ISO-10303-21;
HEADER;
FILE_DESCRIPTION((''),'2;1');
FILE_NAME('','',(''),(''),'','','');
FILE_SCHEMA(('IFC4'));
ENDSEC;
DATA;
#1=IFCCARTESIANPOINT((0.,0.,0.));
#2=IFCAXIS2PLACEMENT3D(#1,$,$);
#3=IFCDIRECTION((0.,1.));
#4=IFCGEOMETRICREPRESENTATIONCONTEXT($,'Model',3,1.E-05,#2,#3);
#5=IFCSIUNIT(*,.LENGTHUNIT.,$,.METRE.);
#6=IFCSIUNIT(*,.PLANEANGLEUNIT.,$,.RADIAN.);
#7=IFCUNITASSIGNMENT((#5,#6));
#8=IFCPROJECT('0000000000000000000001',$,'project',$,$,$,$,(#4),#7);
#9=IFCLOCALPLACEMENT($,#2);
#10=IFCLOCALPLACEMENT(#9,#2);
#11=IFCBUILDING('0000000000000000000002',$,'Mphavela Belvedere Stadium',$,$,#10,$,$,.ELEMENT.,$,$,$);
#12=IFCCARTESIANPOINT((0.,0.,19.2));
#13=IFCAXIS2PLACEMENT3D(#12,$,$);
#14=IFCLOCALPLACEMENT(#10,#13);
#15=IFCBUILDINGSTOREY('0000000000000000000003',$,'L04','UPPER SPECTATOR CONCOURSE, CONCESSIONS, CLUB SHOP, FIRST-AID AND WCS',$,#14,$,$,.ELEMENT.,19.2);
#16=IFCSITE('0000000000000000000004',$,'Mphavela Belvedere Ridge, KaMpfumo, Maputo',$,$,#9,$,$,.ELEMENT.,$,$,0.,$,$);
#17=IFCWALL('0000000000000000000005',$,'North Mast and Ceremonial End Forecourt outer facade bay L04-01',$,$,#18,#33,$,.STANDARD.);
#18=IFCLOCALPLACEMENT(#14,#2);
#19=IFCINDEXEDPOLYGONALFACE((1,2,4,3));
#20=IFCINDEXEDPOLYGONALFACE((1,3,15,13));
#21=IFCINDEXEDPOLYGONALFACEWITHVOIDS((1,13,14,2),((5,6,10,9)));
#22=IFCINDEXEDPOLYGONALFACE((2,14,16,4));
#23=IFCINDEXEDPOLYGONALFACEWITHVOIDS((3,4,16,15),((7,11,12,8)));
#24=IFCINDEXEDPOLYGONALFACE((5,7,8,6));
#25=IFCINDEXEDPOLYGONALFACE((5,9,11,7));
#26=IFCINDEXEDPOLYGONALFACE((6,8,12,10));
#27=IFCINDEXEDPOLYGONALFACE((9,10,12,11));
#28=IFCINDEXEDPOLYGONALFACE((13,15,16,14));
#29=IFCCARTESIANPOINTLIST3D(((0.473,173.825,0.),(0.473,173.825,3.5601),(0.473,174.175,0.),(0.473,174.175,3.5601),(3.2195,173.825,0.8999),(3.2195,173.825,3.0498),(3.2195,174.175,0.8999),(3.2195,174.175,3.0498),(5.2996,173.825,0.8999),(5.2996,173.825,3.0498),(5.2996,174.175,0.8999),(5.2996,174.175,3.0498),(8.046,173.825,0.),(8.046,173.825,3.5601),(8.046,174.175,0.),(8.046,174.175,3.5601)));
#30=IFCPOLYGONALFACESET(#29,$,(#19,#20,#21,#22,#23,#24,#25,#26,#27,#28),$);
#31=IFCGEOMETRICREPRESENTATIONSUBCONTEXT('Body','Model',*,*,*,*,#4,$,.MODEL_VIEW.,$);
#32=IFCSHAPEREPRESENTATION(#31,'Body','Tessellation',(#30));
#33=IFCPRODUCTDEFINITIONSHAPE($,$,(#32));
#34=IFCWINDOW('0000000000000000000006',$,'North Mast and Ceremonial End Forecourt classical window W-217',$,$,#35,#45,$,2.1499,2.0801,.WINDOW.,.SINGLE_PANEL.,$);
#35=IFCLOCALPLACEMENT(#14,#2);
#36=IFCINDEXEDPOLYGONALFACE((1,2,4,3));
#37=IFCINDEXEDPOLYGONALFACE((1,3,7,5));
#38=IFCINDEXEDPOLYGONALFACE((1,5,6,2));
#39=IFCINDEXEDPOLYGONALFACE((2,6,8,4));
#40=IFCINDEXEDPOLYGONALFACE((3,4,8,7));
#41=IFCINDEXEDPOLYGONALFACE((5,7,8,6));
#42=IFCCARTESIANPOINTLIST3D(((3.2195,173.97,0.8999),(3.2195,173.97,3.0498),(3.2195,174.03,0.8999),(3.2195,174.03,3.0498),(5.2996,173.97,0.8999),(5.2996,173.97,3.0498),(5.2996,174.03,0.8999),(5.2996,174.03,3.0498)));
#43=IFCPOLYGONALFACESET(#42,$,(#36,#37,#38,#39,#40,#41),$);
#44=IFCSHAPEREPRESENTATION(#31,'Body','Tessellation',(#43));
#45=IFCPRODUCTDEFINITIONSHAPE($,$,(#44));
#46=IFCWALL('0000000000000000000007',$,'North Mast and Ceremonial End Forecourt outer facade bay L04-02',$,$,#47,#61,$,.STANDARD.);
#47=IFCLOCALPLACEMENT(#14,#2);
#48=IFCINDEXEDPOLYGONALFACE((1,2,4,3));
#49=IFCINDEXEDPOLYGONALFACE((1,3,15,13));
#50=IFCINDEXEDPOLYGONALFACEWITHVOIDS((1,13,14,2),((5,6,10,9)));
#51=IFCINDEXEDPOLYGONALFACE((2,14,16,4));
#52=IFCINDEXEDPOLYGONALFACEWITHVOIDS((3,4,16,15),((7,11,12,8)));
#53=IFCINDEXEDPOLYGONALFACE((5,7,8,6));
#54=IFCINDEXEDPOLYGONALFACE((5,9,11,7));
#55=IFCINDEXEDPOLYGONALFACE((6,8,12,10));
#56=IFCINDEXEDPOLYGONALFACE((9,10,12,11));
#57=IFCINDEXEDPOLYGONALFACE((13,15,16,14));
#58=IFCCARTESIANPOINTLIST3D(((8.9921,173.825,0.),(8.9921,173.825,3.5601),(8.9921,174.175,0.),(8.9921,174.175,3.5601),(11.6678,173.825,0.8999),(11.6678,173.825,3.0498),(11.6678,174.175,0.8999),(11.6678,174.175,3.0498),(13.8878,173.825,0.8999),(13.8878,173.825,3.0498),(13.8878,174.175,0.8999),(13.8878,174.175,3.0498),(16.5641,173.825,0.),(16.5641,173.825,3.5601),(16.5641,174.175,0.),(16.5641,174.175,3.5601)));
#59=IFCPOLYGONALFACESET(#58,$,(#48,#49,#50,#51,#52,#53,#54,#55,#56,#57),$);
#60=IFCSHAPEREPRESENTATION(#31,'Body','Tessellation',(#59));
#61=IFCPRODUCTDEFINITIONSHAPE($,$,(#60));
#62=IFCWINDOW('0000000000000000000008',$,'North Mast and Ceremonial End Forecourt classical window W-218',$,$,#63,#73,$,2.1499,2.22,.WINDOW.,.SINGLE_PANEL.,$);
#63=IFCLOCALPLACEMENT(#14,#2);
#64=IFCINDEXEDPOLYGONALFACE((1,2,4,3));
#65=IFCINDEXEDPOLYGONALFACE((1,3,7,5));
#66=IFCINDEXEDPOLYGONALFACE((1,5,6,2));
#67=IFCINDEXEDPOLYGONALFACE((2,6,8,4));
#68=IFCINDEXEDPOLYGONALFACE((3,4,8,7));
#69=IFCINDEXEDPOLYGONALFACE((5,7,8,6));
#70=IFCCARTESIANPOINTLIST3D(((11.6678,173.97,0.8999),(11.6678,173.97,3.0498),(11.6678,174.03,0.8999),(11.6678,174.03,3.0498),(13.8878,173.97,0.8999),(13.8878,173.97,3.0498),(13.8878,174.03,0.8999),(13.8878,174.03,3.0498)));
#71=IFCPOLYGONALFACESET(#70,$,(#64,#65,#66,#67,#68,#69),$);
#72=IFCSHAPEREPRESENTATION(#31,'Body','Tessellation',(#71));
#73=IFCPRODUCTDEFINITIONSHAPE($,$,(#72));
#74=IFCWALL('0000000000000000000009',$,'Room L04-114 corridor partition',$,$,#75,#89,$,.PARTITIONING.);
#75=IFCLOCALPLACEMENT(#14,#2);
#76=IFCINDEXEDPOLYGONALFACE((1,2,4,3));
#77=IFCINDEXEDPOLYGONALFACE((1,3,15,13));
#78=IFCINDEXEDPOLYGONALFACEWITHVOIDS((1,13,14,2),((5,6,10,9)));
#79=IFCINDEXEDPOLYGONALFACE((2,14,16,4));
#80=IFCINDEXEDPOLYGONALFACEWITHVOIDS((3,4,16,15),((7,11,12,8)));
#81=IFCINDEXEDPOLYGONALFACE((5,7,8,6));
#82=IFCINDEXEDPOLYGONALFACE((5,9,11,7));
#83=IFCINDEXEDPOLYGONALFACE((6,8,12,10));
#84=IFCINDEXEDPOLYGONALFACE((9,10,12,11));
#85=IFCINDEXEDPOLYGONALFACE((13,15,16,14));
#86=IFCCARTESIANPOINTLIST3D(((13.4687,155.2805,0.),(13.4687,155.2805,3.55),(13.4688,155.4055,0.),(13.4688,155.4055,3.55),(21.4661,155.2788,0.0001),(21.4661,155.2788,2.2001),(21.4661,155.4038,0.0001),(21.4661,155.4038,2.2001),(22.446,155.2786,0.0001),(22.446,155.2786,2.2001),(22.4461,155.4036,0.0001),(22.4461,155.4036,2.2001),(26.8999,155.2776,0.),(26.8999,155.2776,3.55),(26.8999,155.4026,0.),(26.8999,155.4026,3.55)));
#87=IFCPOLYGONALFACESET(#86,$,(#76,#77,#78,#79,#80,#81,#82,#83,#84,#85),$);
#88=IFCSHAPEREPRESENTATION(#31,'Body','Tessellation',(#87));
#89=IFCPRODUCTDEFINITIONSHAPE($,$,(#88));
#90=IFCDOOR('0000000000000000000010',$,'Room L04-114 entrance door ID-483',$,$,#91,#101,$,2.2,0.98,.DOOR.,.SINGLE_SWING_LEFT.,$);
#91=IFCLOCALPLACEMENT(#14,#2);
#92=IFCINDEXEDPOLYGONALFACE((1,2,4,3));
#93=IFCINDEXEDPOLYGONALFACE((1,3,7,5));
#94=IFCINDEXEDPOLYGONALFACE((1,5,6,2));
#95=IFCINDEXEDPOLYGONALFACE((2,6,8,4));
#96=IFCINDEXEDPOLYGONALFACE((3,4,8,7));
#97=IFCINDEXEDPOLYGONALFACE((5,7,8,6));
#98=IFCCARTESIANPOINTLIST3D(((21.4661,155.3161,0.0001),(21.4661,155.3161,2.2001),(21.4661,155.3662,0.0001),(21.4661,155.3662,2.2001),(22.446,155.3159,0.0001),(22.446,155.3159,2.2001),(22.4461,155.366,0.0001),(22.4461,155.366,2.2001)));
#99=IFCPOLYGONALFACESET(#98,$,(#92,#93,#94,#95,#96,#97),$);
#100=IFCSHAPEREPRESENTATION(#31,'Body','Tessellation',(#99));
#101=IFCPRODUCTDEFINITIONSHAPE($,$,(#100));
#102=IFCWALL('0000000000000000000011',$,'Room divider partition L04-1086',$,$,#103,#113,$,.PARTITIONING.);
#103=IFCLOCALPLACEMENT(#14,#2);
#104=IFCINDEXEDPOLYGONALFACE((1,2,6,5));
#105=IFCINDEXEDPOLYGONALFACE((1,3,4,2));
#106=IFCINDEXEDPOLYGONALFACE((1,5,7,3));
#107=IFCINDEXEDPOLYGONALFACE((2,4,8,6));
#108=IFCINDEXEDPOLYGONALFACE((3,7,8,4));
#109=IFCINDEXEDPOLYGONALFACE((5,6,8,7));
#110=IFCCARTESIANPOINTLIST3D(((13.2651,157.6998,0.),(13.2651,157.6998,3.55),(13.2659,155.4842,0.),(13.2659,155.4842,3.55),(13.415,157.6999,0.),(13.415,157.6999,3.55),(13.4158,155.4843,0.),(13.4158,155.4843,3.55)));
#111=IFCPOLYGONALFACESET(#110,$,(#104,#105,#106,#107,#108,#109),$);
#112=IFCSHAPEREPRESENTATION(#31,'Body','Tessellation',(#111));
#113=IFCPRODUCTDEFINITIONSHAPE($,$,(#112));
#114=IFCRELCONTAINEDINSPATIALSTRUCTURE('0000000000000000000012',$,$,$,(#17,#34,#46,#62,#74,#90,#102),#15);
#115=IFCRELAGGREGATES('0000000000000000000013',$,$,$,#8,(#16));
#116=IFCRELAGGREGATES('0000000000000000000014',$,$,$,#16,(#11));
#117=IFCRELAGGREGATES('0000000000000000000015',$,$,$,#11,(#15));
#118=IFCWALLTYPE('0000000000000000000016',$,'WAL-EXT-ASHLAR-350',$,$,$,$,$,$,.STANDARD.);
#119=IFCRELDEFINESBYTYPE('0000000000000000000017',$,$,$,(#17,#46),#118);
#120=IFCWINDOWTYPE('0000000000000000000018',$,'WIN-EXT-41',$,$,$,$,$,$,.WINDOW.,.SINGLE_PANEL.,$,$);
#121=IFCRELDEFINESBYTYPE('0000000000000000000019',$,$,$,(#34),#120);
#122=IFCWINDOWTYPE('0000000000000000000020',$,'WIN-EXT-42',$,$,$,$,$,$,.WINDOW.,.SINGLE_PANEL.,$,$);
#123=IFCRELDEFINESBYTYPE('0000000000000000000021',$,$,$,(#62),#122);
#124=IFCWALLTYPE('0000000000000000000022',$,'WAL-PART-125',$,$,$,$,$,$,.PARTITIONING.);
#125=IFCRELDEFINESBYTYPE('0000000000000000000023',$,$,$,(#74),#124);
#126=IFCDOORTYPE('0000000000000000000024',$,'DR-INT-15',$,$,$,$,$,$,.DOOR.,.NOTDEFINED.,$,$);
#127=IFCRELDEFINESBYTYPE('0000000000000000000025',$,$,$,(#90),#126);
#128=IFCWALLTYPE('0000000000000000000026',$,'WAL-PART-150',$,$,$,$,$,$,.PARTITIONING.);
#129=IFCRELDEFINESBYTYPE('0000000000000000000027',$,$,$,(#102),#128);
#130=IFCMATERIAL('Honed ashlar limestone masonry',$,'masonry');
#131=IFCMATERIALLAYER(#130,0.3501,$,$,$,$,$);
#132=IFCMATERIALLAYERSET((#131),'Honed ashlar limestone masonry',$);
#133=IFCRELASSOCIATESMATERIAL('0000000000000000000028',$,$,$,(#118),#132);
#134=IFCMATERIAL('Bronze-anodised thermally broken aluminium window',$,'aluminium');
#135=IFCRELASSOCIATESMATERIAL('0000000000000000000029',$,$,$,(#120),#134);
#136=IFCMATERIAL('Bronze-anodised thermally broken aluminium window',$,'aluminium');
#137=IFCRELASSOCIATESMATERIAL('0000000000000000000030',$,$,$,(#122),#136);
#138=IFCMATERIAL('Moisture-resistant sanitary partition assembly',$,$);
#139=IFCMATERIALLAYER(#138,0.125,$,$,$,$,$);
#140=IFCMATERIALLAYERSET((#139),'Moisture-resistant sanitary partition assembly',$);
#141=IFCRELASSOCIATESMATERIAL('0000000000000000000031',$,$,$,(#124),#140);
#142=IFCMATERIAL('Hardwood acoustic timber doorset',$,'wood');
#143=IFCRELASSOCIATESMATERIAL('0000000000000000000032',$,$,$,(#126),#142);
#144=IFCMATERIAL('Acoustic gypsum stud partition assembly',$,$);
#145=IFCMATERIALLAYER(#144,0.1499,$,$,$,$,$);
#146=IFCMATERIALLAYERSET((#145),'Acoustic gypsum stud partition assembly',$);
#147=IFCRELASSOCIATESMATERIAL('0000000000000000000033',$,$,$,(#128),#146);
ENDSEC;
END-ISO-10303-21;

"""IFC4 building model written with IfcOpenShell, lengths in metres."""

from ifc_helpers import new_model, si_unit, direction, frame, frame_2d, origin, place, context, subcontext, project, spatial, rectangle, extrude, material, layer, layer_set, type_object, element, fill, save


model = new_model("IFC4")

# Units and contexts
model_context = context("Model", 3, precision=1e-05, world=origin(), true_north=direction((0.0, 1.0)))
body_context = subcontext(model_context, "Body", "Model", "MODEL_VIEW")
ifc_project = project(units=[si_unit("LENGTHUNIT", "METRE"), si_unit("PLANEANGLEUNIT", "RADIAN")], contexts=[model_context])

# Site, building, storey
site_placement = place(None, origin())
site = spatial("IfcSite", under=ifc_project, at=site_placement, Name="Mphavela Belvedere Ridge, KaMpfumo, Maputo", CompositionType="ELEMENT", RefElevation=0.0)
building_placement = place(site_placement, origin())
building = spatial("IfcBuilding", under=site, at=building_placement, Name="Mphavela Belvedere Stadium", CompositionType="ELEMENT")
storey_placement = place(building_placement, frame((0.0, 0.0, 19.2)))
storey = spatial("IfcBuildingStorey", under=building, at=storey_placement, Name="L04", Description="UPPER SPECTATOR CONCOURSE, CONCESSIONS, CLUB SHOP, FIRST-AID AND WCS", CompositionType="ELEMENT", Elevation=19.2)

# Walls, openings, windows
ifc_material_1 = material(Name="Honed ashlar limestone masonry", Category="masonry")
ifc_layer_1 = layer(ifc_material_1, 0.3501)
ifc_layer_set_1 = layer_set([ifc_layer_1], Name="Honed ashlar limestone masonry")
wall_type_1 = type_object("IfcWallType", Name="WAL-EXT-ASHLAR-350", PredefinedType="STANDARD", material=ifc_layer_set_1)
wall_1_placement = place(storey_placement, frame((0.4729, 174.0, 0.0), z_axis=(0.0, 0.0, 1.0), x_axis=(1.0, 0.0, 0.0)))
wall_1 = element("IfcWall", 1, at=wall_1_placement, inside=storey, type_object=wall_type_1, Name="North Mast and Ceremonial End Forecourt outer facade bay L04-01", PredefinedType="STANDARD", context=body_context, shape_type="SweptSolid", body=[
    extrude(rectangle(XDim=7.573, YDim=0.3501, at=frame_2d((3.7866, 0.0))), origin(), (0.0, 0.0, 1.0), 3.5601),
])
opening_1_placement = place(wall_1_placement, frame((2.7466, 0.0, 0.8999)))
opening_1 = element("IfcOpeningElement", 2, at=opening_1_placement, cuts=wall_1, PredefinedType="OPENING", context=body_context, shape_type="SweptSolid", body=[
    extrude(rectangle(XDim=2.0801, YDim=2.1499, at=frame_2d((1.04, 1.075))), frame((0.0, 0.1851, 0.0), z_axis=(0.0, -1.0, 0.0), x_axis=(1.0, 0.0, 0.0)), (0.0, 0.0, 1.0), 0.3701),
])
ifc_material_2 = material(Name="Bronze-anodised thermally broken aluminium window", Category="aluminium")
window_type_1 = type_object("IfcWindowType", Name="WIN-EXT-41", PartitioningType="SINGLE_PANEL", PredefinedType="WINDOW", material=ifc_material_2)
window_1_placement = place(opening_1_placement, origin())
window_1 = element("IfcWindow", 3, at=window_1_placement, inside=storey, type_object=window_type_1, Name="North Mast and Ceremonial End Forecourt classical window W-217", OverallHeight=2.1499, OverallWidth=2.0801, PartitioningType="SINGLE_PANEL", PredefinedType="WINDOW", context=body_context, shape_type="SweptSolid", body=[
    extrude(rectangle(XDim=2.0801, YDim=2.1499, at=frame_2d((1.04, 1.075))), frame((0.0, 0.03, 0.0), z_axis=(0.0, -1.0, 0.0), x_axis=(1.0, 0.0, 0.0)), (0.0, 0.0, 1.0), 0.0601),
])
fill(opening_1, window_1)
wall_2_placement = place(storey_placement, frame((8.9919, 174.0, 0.0), z_axis=(0.0, 0.0, 1.0), x_axis=(1.0, 0.0, 0.0)))
wall_2 = element("IfcWall", 4, at=wall_2_placement, inside=storey, type_object=wall_type_1, Name="North Mast and Ceremonial End Forecourt outer facade bay L04-02", PredefinedType="STANDARD", context=body_context, shape_type="SweptSolid", body=[
    extrude(rectangle(XDim=7.572, YDim=0.3501, at=frame_2d((3.7861, 0.0))), origin(), (0.0, 0.0, 1.0), 3.5601),
])
opening_2_placement = place(wall_2_placement, frame((2.676, 0.0, 0.8999)))
opening_2 = element("IfcOpeningElement", 5, at=opening_2_placement, cuts=wall_2, PredefinedType="OPENING", context=body_context, shape_type="SweptSolid", body=[
    extrude(rectangle(XDim=2.22, YDim=2.1499, at=frame_2d((1.1099, 1.075))), frame((0.0, 0.1851, 0.0), z_axis=(0.0, -1.0, 0.0), x_axis=(1.0, 0.0, 0.0)), (0.0, 0.0, 1.0), 0.3701),
])
ifc_material_3 = material(Name="Bronze-anodised thermally broken aluminium window", Category="aluminium")
window_type_2 = type_object("IfcWindowType", Name="WIN-EXT-42", PartitioningType="SINGLE_PANEL", PredefinedType="WINDOW", material=ifc_material_3)
window_2_placement = place(opening_2_placement, origin())
window_2 = element("IfcWindow", 6, at=window_2_placement, inside=storey, type_object=window_type_2, Name="North Mast and Ceremonial End Forecourt classical window W-218", OverallHeight=2.1499, OverallWidth=2.22, PartitioningType="SINGLE_PANEL", PredefinedType="WINDOW", context=body_context, shape_type="SweptSolid", body=[
    extrude(rectangle(XDim=2.22, YDim=2.1499, at=frame_2d((1.1099, 1.075))), frame((0.0, 0.03, 0.0), z_axis=(0.0, -1.0, 0.0), x_axis=(1.0, 0.0, 0.0)), (0.0, 0.0, 1.0), 0.0601),
])
fill(opening_2, window_2)

# Wall, opening, door
ifc_material_4 = material(Name="Moisture-resistant sanitary partition assembly")
ifc_layer_2 = layer(ifc_material_4, 0.125)
ifc_layer_set_2 = layer_set([ifc_layer_2], Name="Moisture-resistant sanitary partition assembly")
wall_type_2 = type_object("IfcWallType", Name="WAL-PART-125", PredefinedType="PARTITIONING", material=ifc_layer_set_2)
wall_3_placement = place(storey_placement, frame((13.4688, 155.343, 0.0), z_axis=(0.0, 0.0, 1.0), x_axis=(1.0, -0.000218, 0.0)))
wall_3 = element("IfcWall", 7, at=wall_3_placement, inside=storey, type_object=wall_type_2, Name="Room L04-114 corridor partition", PredefinedType="PARTITIONING", context=body_context, shape_type="SweptSolid", body=[
    extrude(rectangle(XDim=13.4312, YDim=0.125, at=frame_2d((6.7156, 0.0))), origin(), (0.0, 0.0, 1.0), 3.55),
])
opening_3_placement = place(wall_3_placement, frame((7.9973, 0.0, 0.0)))
opening_3 = element("IfcOpeningElement", 8, at=opening_3_placement, cuts=wall_3, PredefinedType="OPENING", context=body_context, shape_type="SweptSolid", body=[
    extrude(rectangle(XDim=0.98, YDim=2.2, at=frame_2d((0.49, 1.1001))), frame((0.0, 0.0725, 0.0), z_axis=(0.0, -1.0, 0.0), x_axis=(1.0, 0.0, 0.0)), (0.0, 0.0, 1.0), 0.145),
])
ifc_material_5 = material(Name="Hardwood acoustic timber doorset", Category="wood")
door_type = type_object("IfcDoorType", Name="DR-INT-15", OperationType="NOTDEFINED", PredefinedType="DOOR", material=ifc_material_5)
door_placement = place(opening_3_placement, origin())
door = element("IfcDoor", 9, at=door_placement, inside=storey, type_object=door_type, Name="Room L04-114 entrance door ID-483", OperationType="SINGLE_SWING_LEFT", OverallHeight=2.2, OverallWidth=0.98, PredefinedType="DOOR", context=body_context, shape_type="SweptSolid", body=[
    extrude(rectangle(XDim=0.98, YDim=2.2, at=frame_2d((0.49, 1.1001))), frame((0.0, 0.0249, 0.0), z_axis=(0.0, -1.0, 0.0), x_axis=(1.0, 0.0, 0.0)), (0.0, 0.0, 1.0), 0.05),
])
fill(opening_3, door)

# Wall
ifc_material_6 = material(Name="Acoustic gypsum stud partition assembly")
ifc_layer_3 = layer(ifc_material_6, 0.1499)
ifc_layer_set_3 = layer_set([ifc_layer_3], Name="Acoustic gypsum stud partition assembly")
wall_type_3 = type_object("IfcWallType", Name="WAL-PART-150", PredefinedType="PARTITIONING", material=ifc_layer_set_3)
wall_4_placement = place(storey_placement, frame((13.3401, 157.7, 0.0), z_axis=(0.0, 0.0, 1.0), x_axis=(0.000331, -1.0, 0.0)))
element("IfcWall", 10, at=wall_4_placement, inside=storey, type_object=wall_type_3, Name="Room divider partition L04-1086", PredefinedType="PARTITIONING", context=body_context, shape_type="SweptSolid", body=[
    extrude(rectangle(XDim=2.2156, YDim=0.1499, at=frame_2d((1.1079, 0.0))), origin(), (0.0, 0.0, 1.0), 3.55),
])

save(model, "model.ifc")
